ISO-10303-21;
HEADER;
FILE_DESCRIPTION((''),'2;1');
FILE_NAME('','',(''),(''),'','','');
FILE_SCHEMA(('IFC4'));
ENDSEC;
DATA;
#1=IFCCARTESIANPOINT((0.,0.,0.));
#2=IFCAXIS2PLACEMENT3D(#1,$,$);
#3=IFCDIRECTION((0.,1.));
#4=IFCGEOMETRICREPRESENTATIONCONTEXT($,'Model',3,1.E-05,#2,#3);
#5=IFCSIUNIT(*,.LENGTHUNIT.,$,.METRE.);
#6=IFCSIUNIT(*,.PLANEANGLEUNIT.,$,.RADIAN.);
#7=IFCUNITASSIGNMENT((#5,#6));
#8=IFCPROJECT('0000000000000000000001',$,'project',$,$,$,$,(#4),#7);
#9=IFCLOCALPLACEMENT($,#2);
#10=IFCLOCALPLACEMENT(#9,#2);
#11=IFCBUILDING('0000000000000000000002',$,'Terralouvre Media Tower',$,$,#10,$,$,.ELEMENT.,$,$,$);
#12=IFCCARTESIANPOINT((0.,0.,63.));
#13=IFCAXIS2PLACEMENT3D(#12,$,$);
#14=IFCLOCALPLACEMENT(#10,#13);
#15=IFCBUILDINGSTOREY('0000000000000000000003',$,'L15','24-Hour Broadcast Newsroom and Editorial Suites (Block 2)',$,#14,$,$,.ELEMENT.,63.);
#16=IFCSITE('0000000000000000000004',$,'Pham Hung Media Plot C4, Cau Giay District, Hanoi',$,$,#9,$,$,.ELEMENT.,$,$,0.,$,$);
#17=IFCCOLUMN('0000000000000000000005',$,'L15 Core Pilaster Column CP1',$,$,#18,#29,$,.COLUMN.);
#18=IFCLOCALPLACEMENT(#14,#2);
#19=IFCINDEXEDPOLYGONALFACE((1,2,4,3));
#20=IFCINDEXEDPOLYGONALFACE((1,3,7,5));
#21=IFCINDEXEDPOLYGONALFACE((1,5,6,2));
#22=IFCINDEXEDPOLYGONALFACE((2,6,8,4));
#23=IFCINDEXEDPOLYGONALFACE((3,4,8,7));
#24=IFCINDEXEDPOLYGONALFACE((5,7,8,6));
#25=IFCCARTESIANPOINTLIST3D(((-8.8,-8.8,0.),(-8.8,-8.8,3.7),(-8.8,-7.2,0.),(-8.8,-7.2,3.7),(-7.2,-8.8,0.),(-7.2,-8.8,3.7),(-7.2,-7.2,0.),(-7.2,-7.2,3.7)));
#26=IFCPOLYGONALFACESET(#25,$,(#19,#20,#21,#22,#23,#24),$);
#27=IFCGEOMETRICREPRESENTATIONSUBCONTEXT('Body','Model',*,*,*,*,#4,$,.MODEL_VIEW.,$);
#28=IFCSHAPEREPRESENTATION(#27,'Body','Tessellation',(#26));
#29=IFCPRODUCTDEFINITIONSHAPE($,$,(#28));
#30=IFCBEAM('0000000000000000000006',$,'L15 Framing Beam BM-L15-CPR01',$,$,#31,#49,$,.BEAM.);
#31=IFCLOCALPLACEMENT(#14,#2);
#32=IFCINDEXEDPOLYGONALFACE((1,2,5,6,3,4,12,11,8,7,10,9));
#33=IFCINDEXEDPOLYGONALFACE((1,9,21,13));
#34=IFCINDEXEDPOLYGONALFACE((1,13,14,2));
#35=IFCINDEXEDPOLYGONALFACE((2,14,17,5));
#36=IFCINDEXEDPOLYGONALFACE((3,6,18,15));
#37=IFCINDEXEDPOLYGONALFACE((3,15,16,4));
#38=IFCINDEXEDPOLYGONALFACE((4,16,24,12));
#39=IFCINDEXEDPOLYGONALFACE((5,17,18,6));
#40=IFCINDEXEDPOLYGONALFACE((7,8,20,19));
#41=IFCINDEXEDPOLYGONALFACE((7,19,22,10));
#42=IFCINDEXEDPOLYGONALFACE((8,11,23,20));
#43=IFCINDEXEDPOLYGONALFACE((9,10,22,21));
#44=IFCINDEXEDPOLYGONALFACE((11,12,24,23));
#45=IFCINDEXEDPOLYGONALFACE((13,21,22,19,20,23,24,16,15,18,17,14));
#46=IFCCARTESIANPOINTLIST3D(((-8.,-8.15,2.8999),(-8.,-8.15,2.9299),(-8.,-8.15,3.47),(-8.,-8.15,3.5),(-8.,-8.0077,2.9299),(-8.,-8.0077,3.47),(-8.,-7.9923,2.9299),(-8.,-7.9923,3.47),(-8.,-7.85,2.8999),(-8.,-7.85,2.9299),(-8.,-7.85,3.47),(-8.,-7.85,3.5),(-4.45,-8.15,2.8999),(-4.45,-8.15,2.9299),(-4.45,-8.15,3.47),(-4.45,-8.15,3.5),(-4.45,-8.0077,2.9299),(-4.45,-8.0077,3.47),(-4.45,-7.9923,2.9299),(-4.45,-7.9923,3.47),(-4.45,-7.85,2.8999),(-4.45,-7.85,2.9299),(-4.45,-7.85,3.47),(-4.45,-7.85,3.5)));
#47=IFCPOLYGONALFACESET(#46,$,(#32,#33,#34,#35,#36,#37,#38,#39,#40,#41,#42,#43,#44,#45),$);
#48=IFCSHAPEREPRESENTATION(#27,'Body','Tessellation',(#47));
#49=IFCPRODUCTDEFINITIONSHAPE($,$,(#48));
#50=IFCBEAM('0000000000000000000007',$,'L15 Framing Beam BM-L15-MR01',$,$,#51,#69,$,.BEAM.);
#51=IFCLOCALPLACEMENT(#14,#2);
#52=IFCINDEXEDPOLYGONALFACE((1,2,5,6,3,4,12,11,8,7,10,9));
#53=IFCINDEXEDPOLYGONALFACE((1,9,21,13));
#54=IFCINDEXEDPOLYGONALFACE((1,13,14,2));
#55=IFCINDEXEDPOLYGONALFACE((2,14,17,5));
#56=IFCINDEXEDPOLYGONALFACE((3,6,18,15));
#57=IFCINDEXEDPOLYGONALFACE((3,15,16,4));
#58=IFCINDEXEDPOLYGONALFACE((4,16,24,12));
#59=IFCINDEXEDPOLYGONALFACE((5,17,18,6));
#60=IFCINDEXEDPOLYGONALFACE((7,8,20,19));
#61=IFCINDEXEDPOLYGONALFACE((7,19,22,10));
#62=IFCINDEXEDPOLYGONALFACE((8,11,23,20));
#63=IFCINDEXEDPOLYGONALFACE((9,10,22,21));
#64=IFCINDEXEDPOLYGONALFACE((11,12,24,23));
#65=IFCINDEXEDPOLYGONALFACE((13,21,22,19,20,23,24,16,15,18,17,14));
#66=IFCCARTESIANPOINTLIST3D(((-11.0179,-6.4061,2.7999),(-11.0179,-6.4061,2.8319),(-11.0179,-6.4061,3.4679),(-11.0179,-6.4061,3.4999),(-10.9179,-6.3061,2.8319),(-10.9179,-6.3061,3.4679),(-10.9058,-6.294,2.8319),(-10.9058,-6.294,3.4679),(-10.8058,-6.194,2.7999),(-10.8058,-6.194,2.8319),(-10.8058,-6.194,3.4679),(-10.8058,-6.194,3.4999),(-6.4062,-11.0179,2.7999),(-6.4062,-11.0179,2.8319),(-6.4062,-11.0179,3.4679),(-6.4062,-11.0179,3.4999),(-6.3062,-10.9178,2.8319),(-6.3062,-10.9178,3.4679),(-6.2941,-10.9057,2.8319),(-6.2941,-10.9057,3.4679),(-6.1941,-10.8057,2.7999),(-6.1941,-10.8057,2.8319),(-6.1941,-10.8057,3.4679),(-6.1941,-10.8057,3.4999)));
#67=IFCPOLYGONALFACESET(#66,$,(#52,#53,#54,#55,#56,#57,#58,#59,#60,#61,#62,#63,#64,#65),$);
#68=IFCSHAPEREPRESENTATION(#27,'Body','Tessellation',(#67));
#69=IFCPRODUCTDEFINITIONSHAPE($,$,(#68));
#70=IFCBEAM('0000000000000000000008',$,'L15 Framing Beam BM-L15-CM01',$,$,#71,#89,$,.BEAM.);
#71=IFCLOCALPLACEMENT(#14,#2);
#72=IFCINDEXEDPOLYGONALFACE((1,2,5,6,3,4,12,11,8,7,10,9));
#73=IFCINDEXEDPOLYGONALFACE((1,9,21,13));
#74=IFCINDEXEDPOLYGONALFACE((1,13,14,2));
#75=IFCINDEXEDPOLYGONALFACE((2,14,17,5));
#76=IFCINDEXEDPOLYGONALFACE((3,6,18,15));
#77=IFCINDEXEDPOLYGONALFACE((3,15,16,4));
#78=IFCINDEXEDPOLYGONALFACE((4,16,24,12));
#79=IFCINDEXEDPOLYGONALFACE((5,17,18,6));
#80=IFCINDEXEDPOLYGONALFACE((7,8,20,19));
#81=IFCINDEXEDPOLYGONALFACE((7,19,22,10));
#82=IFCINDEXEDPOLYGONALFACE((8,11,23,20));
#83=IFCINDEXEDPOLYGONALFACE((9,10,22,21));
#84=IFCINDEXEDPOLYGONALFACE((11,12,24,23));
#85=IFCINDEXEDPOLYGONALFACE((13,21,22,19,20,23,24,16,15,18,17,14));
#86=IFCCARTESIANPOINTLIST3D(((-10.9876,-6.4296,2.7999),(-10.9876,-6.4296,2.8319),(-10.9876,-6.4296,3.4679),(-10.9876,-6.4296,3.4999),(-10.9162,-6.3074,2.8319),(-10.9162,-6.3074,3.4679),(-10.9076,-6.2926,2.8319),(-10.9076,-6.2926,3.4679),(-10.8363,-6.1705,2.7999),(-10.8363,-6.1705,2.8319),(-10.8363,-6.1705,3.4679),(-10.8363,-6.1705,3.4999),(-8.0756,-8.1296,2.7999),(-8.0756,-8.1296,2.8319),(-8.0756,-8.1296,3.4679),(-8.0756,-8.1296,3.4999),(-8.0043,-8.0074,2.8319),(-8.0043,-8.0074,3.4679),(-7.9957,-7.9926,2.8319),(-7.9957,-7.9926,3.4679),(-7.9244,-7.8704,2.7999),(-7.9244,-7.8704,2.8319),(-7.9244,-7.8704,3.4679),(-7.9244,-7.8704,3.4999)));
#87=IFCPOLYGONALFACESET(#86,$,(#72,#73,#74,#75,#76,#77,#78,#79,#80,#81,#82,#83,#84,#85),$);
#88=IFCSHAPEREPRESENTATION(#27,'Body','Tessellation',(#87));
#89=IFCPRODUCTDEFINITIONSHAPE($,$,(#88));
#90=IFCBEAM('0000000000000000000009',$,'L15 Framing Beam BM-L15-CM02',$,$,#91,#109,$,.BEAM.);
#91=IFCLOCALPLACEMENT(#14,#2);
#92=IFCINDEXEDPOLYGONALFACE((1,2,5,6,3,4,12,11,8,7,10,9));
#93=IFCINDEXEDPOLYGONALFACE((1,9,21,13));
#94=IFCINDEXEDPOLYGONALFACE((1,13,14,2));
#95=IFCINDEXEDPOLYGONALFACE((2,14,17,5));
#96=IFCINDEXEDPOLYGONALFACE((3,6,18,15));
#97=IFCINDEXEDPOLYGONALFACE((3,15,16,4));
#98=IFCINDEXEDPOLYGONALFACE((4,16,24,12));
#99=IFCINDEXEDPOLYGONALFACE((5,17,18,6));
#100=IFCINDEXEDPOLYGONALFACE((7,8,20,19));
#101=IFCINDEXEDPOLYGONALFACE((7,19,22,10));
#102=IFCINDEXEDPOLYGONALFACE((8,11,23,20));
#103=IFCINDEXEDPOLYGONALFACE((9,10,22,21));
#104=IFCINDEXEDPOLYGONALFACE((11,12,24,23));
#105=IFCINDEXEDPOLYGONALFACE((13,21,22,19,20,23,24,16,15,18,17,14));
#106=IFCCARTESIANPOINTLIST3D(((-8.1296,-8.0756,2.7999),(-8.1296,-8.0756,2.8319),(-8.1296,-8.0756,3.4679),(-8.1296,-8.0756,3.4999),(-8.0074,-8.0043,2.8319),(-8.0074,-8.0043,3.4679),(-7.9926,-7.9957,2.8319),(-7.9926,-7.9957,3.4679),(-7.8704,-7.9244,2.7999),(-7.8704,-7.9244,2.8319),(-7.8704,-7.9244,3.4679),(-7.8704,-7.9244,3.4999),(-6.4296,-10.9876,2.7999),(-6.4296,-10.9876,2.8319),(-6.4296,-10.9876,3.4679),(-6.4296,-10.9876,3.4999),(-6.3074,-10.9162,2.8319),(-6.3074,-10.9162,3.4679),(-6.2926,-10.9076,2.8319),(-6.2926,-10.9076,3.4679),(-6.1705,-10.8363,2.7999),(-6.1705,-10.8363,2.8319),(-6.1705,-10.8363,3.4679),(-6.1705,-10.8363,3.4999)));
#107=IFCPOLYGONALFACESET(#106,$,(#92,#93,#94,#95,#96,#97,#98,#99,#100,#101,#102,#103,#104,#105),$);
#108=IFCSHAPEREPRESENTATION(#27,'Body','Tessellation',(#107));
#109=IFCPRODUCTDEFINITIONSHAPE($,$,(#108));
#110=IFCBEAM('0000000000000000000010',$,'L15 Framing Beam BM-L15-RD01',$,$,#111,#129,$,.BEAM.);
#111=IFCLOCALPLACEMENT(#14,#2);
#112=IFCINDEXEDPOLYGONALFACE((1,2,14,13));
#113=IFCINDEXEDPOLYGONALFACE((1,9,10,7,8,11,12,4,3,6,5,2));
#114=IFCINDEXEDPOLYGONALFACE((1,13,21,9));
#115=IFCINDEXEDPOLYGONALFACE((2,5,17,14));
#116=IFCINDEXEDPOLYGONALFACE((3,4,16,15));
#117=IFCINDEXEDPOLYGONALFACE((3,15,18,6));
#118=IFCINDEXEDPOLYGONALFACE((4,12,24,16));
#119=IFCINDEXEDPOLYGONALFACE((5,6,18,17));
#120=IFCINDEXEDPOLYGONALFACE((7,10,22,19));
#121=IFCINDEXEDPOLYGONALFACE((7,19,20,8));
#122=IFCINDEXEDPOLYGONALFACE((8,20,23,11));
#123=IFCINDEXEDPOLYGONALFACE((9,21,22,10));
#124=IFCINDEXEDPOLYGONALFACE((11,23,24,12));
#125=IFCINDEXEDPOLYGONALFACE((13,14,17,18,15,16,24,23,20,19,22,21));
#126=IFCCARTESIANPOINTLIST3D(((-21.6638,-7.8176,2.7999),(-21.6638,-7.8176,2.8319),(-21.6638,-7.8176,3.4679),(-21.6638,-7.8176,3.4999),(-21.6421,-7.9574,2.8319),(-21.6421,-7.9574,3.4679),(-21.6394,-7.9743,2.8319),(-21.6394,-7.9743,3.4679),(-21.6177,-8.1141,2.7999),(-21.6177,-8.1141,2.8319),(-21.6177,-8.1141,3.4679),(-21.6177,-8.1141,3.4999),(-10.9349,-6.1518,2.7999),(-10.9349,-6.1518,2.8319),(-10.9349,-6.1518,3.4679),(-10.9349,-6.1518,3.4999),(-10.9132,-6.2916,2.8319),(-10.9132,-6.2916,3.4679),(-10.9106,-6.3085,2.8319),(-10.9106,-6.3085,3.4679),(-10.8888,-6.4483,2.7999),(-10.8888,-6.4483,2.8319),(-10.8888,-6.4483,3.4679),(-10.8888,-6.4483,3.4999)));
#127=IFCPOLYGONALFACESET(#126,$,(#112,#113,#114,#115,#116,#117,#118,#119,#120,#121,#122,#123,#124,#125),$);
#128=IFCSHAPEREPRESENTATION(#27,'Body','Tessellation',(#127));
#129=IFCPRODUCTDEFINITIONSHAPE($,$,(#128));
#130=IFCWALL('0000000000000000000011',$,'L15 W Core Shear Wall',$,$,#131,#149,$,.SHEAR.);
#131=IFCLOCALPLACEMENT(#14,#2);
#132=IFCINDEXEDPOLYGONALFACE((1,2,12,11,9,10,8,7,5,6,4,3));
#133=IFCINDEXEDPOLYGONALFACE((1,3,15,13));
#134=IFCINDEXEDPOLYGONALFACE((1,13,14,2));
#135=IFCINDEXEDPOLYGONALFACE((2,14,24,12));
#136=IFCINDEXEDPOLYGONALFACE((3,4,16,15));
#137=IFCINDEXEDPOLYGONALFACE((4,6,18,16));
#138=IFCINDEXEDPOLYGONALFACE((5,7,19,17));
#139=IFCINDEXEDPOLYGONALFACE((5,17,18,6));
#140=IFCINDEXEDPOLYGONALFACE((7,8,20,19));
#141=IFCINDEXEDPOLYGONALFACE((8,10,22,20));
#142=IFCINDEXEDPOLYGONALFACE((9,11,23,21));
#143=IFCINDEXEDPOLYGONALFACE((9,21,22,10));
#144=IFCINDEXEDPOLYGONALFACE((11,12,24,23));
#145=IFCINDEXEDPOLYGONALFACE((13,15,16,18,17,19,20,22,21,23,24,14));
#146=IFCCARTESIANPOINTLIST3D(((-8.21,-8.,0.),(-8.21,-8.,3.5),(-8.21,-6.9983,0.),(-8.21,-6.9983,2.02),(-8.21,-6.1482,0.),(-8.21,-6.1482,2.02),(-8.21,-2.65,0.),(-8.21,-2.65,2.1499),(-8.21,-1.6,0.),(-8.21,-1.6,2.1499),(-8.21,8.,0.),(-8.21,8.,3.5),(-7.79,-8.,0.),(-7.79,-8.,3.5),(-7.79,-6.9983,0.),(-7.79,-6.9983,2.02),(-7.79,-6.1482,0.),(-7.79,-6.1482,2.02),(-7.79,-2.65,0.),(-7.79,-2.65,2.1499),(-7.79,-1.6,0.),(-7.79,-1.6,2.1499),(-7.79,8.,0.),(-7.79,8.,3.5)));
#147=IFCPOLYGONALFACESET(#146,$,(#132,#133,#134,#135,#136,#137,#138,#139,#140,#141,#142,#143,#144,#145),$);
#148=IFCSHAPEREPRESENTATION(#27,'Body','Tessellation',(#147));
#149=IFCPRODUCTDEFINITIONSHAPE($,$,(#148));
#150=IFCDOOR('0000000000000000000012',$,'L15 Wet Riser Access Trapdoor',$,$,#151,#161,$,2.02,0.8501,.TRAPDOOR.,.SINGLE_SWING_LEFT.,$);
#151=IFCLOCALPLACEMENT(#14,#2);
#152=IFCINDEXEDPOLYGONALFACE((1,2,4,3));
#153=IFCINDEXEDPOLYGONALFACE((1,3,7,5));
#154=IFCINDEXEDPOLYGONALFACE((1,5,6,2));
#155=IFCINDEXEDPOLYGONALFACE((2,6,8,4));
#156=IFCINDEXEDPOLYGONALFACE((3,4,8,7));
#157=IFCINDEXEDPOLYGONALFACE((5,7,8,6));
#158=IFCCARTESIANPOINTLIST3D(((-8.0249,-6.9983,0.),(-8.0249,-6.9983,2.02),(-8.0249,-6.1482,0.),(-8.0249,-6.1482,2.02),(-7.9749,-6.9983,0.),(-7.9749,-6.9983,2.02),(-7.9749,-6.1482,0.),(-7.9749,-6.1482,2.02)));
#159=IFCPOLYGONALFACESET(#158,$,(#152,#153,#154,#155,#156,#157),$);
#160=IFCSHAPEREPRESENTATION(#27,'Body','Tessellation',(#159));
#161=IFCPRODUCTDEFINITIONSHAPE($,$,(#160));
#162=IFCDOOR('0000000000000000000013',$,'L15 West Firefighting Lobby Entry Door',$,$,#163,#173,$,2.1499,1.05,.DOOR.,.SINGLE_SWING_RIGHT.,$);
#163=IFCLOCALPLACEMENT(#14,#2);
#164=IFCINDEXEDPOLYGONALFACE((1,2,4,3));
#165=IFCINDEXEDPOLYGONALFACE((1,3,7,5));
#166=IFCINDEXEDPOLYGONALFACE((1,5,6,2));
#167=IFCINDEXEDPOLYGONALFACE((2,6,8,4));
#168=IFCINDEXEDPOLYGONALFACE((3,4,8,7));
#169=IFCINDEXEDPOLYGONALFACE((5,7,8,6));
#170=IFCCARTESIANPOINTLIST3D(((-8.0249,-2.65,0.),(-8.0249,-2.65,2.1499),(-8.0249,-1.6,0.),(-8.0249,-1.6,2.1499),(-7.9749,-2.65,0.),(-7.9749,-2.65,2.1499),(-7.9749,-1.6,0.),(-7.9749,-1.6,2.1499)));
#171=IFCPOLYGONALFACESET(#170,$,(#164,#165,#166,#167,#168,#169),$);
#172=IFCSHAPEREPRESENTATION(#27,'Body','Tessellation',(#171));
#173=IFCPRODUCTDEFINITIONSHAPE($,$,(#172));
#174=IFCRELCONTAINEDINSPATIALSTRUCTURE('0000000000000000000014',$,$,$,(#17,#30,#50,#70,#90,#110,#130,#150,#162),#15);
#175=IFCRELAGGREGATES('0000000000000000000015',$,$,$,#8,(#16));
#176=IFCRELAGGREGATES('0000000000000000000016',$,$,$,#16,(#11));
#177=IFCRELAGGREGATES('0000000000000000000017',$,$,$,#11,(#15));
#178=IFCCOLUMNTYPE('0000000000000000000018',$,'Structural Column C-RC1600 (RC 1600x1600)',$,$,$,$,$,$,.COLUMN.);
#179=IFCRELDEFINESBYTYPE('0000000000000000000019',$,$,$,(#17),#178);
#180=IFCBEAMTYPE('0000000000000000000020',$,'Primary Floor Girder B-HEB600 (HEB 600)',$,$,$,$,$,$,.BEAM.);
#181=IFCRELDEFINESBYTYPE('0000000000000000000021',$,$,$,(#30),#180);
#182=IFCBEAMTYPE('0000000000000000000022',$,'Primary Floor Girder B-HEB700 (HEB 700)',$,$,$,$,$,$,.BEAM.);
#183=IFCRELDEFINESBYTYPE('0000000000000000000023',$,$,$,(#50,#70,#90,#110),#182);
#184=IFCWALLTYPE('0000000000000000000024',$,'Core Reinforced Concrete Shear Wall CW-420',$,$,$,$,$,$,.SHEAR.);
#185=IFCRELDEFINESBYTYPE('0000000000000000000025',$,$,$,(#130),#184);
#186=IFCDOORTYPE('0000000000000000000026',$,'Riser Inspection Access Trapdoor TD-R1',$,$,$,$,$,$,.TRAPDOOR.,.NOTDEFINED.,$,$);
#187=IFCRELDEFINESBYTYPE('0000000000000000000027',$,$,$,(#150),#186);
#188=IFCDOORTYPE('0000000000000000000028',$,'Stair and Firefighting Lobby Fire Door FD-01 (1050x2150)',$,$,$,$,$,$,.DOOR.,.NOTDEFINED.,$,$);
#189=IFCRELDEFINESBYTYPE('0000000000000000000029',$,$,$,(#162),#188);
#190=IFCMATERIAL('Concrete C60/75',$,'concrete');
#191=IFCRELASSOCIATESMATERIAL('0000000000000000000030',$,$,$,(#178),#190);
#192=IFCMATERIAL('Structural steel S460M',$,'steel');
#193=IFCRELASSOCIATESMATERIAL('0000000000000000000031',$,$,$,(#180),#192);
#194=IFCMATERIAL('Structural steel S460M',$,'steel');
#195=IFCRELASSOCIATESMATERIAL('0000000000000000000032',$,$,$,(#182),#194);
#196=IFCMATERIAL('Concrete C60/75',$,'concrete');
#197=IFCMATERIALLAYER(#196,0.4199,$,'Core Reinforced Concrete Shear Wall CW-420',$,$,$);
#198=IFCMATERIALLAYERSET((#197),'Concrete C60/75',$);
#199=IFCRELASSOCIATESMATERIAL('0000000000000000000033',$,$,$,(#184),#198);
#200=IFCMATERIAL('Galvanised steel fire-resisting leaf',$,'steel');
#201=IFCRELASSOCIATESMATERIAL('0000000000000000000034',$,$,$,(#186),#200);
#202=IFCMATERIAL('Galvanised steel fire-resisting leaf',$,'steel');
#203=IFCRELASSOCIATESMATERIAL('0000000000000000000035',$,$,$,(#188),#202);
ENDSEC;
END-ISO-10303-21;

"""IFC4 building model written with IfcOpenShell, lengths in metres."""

from ifc_helpers import new_model, si_unit, direction, frame, frame_2d, origin, origin_2d, place, context, subcontext, project, spatial, rectangle, i_section, extrude, material, layer, layer_set, material_profile, profile_set, type_object, element, fill, save


model = new_model("IFC4")

# Units and contexts
model_context = context("Model", 3, precision=1e-05, world=origin(), true_north=direction((0.0, 1.0)))
body_context = subcontext(model_context, "Body", "Model", "MODEL_VIEW")
ifc_project = project(units=[si_unit("LENGTHUNIT", "METRE"), si_unit("PLANEANGLEUNIT", "RADIAN")], contexts=[model_context])

# Site, building, storey
site_placement = place(None, origin())
site = spatial("IfcSite", under=ifc_project, at=site_placement, Name="Pham Hung Media Plot C4, Cau Giay District, Hanoi", CompositionType="ELEMENT", RefElevation=0.0)
building_placement = place(site_placement, origin())
building = spatial("IfcBuilding", under=site, at=building_placement, Name="Terralouvre Media Tower", CompositionType="ELEMENT")
storey_placement = place(building_placement, frame((0.0, 0.0, 63.0)))
storey = spatial("IfcBuildingStorey", under=building, at=storey_placement, Name="L15", Description="24-Hour Broadcast Newsroom and Editorial Suites (Block 2)", CompositionType="ELEMENT", Elevation=63.0)

# Column
ifc_material_1 = material(Name="Concrete C60/75", Category="concrete")
ifc_material_profile_1 = material_profile(ifc_material_1, rectangle(XDim=1.6001, YDim=1.6001, at=origin_2d()), Name="RC 1600x1600")
ifc_profile_set_1 = profile_set([ifc_material_profile_1], Name="Concrete C60/75")
column_type = type_object("IfcColumnType", Name="Structural Column C-RC1600 (RC 1600x1600)", PredefinedType="COLUMN", material=ifc_profile_set_1)
column_placement = place(storey_placement, frame((-8.0, -8.0, 0.0), z_axis=(0.0, 0.0, 1.0), x_axis=(1.0, 0.0, 0.0)))
element("IfcColumn", 1, at=column_placement, inside=storey, type_object=column_type, Name="L15 Core Pilaster Column CP1", PredefinedType="COLUMN", context=body_context, shape_type="SweptSolid", body=[
    extrude(rectangle(XDim=1.6001, YDim=1.6001, at=origin_2d()), origin(), (0.0, 0.0, 1.0), 3.7),
])

# Beams
ifc_material_2 = material(Name="Structural steel S460M", Category="steel")
ifc_material_profile_2 = material_profile(ifc_material_2, i_section(OverallWidth=0.3, OverallDepth=0.6001, WebThickness=0.0154, FlangeThickness=0.03, at=origin_2d()), Name="HEB 600")
ifc_profile_set_2 = profile_set([ifc_material_profile_2], Name="Structural steel S460M")
beam_type_1 = type_object("IfcBeamType", Name="Primary Floor Girder B-HEB600 (HEB 600)", PredefinedType="BEAM", material=ifc_profile_set_2)
beam_1_placement = place(storey_placement, frame((-8.0, -8.0, 3.2), z_axis=(1.0, 0.0, 0.0), x_axis=(0.0, 1.0, 0.0)))
element("IfcBeam", 2, at=beam_1_placement, inside=storey, type_object=beam_type_1, Name="L15 Framing Beam BM-L15-CPR01", PredefinedType="BEAM", context=body_context, shape_type="SweptSolid", body=[
    extrude(i_section(OverallWidth=0.3, OverallDepth=0.6001, WebThickness=0.0154, FlangeThickness=0.03, at=origin_2d()), origin(), (0.0, 0.0, 1.0), 3.55),
])
ifc_material_3 = material(Name="Structural steel S460M", Category="steel")
ifc_material_profile_3 = material_profile(ifc_material_3, i_section(OverallWidth=0.3, OverallDepth=0.7, WebThickness=0.0171, FlangeThickness=0.032, at=origin_2d()), Name="HEB 700")
ifc_profile_set_3 = profile_set([ifc_material_profile_3], Name="Structural steel S460M")
beam_type_2 = type_object("IfcBeamType", Name="Primary Floor Girder B-HEB700 (HEB 700)", PredefinedType="BEAM", material=ifc_profile_set_3)
beam_2_placement = place(storey_placement, frame((-10.9119, -6.3, 3.1499), z_axis=(0.707107, -0.707107, 0.0), x_axis=(0.707107, 0.707107, 0.0)))
element("IfcBeam", 3, at=beam_2_placement, inside=storey, type_object=beam_type_2, Name="L15 Framing Beam BM-L15-MR01", PredefinedType="BEAM", context=body_context, shape_type="SweptSolid", body=[
    extrude(i_section(OverallWidth=0.3, OverallDepth=0.7, WebThickness=0.0171, FlangeThickness=0.032, at=origin_2d()), origin(), (0.0, 0.0, 1.0), 6.522),
])
for number, where, z_axis, x_axis, name in (
    (4, (-8.0, -8.0, 3.1499), (-0.863603, 0.504173, 0.0), (-0.504173, -0.863603, 0.0), "L15 Framing Beam BM-L15-CM01"),
    (5, (-8.0, -8.0, 3.1499), (0.504173, -0.863603, 0.0), (0.863603, 0.504173, 0.0), "L15 Framing Beam BM-L15-CM02"),
):
    element("IfcBeam", number, at=place(storey_placement, frame(where, z_axis=z_axis, x_axis=x_axis)), inside=storey, type_object=beam_type_2, Name=name, PredefinedType="BEAM", context=body_context, shape_type="SweptSolid", body=[
        extrude(i_section(OverallWidth=0.3, OverallDepth=0.7, WebThickness=0.0171, FlangeThickness=0.032, at=origin_2d()), origin(), (0.0, 0.0, 1.0), 3.3718),
    ])
beam_3_placement = place(storey_placement, frame((-10.9119, -6.3, 3.1499), z_axis=(-0.98816, -0.153424, 0.0), x_axis=(0.153424, -0.98816, 0.0)))
element("IfcBeam", 6, at=beam_3_placement, inside=storey, type_object=beam_type_2, Name="L15 Framing Beam BM-L15-RD01", PredefinedType="BEAM", context=body_context, shape_type="SweptSolid", body=[
    extrude(i_section(OverallWidth=0.3, OverallDepth=0.7, WebThickness=0.0171, FlangeThickness=0.032, at=origin_2d()), origin(), (0.0, 0.0, 1.0), 10.8574),
])

# Wall, openings, doors
ifc_material_4 = material(Name="Concrete C60/75", Category="concrete")
ifc_layer_1 = layer(ifc_material_4, 0.4199, Name="Core Reinforced Concrete Shear Wall CW-420")
ifc_layer_set_1 = layer_set([ifc_layer_1], Name="Concrete C60/75")
wall_type_1 = type_object("IfcWallType", Name="Core Reinforced Concrete Shear Wall CW-420", PredefinedType="SHEAR", material=ifc_layer_set_1)
wall_1_placement = place(storey_placement, frame((-8.0, -8.0, 0.0), z_axis=(0.0, 0.0, 1.0), x_axis=(0.0, 1.0, 0.0)))
wall_1 = element("IfcWall", 7, at=wall_1_placement, inside=storey, type_object=wall_type_1, Name="L15 W Core Shear Wall", PredefinedType="SHEAR", context=body_context, shape_type="SweptSolid", body=[
    extrude(rectangle(XDim=16.0, YDim=0.4199, at=frame_2d((8.0, 0.0))), origin(), (0.0, 0.0, 1.0), 3.5),
])
opening_1_placement = place(wall_1_placement, frame((1.0017, 0.0, 0.0)))
opening_1 = element("IfcOpeningElement", 8, at=opening_1_placement, cuts=wall_1, PredefinedType="OPENING", context=body_context, shape_type="SweptSolid", body=[
    extrude(rectangle(XDim=0.8501, YDim=2.02, at=frame_2d((0.425, 1.01))), frame((0.0, 0.22, 0.0), z_axis=(0.0, -1.0, 0.0), x_axis=(1.0, 0.0, 0.0)), (0.0, 0.0, 1.0), 0.4399),
])
opening_2_placement = place(wall_1_placement, frame((5.3501, 0.0, 0.0)))
opening_2 = element("IfcOpeningElement", 9, at=opening_2_placement, cuts=wall_1, PredefinedType="OPENING", context=body_context, shape_type="SweptSolid", body=[
    extrude(rectangle(XDim=1.05, YDim=2.1499, at=frame_2d((0.5249, 1.075))), frame((0.0, 0.22, 0.0), z_axis=(0.0, -1.0, 0.0), x_axis=(1.0, 0.0, 0.0)), (0.0, 0.0, 1.0), 0.4399),
])
ifc_material_5 = material(Name="Galvanised steel fire-resisting leaf", Category="steel")
door_type_1 = type_object("IfcDoorType", Name="Riser Inspection Access Trapdoor TD-R1", OperationType="NOTDEFINED", PredefinedType="TRAPDOOR", material=ifc_material_5)
door_1_placement = place(opening_1_placement, origin())
door_1 = element("IfcDoor", 10, at=door_1_placement, inside=storey, type_object=door_type_1, Name="L15 Wet Riser Access Trapdoor", OperationType="SINGLE_SWING_LEFT", OverallHeight=2.02, OverallWidth=0.8501, PredefinedType="TRAPDOOR", context=body_context, shape_type="SweptSolid", body=[
    extrude(rectangle(XDim=0.8501, YDim=2.02, at=frame_2d((0.425, 1.01))), frame((0.0, 0.0249, 0.0), z_axis=(0.0, -1.0, 0.0), x_axis=(1.0, 0.0, 0.0)), (0.0, 0.0, 1.0), 0.05),
])
fill(opening_1, door_1)
ifc_material_6 = material(Name="Galvanised steel fire-resisting leaf", Category="steel")
door_type_2 = type_object("IfcDoorType", Name="Stair and Firefighting Lobby Fire Door FD-01 (1050x2150)", OperationType="NOTDEFINED", PredefinedType="DOOR", material=ifc_material_6)
door_2_placement = place(opening_2_placement, origin())
door_2 = element("IfcDoor", 11, at=door_2_placement, inside=storey, type_object=door_type_2, Name="L15 West Firefighting Lobby Entry Door", OperationType="SINGLE_SWING_RIGHT", OverallHeight=2.1499, OverallWidth=1.05, PredefinedType="DOOR", context=body_context, shape_type="SweptSolid", body=[
    extrude(rectangle(XDim=1.05, YDim=2.1499, at=frame_2d((0.5249, 1.075))), frame((0.0, 0.0249, 0.0), z_axis=(0.0, -1.0, 0.0), x_axis=(1.0, 0.0, 0.0)), (0.0, 0.0, 1.0), 0.05),
])
fill(opening_2, door_2)

save(model, "model.ifc")
